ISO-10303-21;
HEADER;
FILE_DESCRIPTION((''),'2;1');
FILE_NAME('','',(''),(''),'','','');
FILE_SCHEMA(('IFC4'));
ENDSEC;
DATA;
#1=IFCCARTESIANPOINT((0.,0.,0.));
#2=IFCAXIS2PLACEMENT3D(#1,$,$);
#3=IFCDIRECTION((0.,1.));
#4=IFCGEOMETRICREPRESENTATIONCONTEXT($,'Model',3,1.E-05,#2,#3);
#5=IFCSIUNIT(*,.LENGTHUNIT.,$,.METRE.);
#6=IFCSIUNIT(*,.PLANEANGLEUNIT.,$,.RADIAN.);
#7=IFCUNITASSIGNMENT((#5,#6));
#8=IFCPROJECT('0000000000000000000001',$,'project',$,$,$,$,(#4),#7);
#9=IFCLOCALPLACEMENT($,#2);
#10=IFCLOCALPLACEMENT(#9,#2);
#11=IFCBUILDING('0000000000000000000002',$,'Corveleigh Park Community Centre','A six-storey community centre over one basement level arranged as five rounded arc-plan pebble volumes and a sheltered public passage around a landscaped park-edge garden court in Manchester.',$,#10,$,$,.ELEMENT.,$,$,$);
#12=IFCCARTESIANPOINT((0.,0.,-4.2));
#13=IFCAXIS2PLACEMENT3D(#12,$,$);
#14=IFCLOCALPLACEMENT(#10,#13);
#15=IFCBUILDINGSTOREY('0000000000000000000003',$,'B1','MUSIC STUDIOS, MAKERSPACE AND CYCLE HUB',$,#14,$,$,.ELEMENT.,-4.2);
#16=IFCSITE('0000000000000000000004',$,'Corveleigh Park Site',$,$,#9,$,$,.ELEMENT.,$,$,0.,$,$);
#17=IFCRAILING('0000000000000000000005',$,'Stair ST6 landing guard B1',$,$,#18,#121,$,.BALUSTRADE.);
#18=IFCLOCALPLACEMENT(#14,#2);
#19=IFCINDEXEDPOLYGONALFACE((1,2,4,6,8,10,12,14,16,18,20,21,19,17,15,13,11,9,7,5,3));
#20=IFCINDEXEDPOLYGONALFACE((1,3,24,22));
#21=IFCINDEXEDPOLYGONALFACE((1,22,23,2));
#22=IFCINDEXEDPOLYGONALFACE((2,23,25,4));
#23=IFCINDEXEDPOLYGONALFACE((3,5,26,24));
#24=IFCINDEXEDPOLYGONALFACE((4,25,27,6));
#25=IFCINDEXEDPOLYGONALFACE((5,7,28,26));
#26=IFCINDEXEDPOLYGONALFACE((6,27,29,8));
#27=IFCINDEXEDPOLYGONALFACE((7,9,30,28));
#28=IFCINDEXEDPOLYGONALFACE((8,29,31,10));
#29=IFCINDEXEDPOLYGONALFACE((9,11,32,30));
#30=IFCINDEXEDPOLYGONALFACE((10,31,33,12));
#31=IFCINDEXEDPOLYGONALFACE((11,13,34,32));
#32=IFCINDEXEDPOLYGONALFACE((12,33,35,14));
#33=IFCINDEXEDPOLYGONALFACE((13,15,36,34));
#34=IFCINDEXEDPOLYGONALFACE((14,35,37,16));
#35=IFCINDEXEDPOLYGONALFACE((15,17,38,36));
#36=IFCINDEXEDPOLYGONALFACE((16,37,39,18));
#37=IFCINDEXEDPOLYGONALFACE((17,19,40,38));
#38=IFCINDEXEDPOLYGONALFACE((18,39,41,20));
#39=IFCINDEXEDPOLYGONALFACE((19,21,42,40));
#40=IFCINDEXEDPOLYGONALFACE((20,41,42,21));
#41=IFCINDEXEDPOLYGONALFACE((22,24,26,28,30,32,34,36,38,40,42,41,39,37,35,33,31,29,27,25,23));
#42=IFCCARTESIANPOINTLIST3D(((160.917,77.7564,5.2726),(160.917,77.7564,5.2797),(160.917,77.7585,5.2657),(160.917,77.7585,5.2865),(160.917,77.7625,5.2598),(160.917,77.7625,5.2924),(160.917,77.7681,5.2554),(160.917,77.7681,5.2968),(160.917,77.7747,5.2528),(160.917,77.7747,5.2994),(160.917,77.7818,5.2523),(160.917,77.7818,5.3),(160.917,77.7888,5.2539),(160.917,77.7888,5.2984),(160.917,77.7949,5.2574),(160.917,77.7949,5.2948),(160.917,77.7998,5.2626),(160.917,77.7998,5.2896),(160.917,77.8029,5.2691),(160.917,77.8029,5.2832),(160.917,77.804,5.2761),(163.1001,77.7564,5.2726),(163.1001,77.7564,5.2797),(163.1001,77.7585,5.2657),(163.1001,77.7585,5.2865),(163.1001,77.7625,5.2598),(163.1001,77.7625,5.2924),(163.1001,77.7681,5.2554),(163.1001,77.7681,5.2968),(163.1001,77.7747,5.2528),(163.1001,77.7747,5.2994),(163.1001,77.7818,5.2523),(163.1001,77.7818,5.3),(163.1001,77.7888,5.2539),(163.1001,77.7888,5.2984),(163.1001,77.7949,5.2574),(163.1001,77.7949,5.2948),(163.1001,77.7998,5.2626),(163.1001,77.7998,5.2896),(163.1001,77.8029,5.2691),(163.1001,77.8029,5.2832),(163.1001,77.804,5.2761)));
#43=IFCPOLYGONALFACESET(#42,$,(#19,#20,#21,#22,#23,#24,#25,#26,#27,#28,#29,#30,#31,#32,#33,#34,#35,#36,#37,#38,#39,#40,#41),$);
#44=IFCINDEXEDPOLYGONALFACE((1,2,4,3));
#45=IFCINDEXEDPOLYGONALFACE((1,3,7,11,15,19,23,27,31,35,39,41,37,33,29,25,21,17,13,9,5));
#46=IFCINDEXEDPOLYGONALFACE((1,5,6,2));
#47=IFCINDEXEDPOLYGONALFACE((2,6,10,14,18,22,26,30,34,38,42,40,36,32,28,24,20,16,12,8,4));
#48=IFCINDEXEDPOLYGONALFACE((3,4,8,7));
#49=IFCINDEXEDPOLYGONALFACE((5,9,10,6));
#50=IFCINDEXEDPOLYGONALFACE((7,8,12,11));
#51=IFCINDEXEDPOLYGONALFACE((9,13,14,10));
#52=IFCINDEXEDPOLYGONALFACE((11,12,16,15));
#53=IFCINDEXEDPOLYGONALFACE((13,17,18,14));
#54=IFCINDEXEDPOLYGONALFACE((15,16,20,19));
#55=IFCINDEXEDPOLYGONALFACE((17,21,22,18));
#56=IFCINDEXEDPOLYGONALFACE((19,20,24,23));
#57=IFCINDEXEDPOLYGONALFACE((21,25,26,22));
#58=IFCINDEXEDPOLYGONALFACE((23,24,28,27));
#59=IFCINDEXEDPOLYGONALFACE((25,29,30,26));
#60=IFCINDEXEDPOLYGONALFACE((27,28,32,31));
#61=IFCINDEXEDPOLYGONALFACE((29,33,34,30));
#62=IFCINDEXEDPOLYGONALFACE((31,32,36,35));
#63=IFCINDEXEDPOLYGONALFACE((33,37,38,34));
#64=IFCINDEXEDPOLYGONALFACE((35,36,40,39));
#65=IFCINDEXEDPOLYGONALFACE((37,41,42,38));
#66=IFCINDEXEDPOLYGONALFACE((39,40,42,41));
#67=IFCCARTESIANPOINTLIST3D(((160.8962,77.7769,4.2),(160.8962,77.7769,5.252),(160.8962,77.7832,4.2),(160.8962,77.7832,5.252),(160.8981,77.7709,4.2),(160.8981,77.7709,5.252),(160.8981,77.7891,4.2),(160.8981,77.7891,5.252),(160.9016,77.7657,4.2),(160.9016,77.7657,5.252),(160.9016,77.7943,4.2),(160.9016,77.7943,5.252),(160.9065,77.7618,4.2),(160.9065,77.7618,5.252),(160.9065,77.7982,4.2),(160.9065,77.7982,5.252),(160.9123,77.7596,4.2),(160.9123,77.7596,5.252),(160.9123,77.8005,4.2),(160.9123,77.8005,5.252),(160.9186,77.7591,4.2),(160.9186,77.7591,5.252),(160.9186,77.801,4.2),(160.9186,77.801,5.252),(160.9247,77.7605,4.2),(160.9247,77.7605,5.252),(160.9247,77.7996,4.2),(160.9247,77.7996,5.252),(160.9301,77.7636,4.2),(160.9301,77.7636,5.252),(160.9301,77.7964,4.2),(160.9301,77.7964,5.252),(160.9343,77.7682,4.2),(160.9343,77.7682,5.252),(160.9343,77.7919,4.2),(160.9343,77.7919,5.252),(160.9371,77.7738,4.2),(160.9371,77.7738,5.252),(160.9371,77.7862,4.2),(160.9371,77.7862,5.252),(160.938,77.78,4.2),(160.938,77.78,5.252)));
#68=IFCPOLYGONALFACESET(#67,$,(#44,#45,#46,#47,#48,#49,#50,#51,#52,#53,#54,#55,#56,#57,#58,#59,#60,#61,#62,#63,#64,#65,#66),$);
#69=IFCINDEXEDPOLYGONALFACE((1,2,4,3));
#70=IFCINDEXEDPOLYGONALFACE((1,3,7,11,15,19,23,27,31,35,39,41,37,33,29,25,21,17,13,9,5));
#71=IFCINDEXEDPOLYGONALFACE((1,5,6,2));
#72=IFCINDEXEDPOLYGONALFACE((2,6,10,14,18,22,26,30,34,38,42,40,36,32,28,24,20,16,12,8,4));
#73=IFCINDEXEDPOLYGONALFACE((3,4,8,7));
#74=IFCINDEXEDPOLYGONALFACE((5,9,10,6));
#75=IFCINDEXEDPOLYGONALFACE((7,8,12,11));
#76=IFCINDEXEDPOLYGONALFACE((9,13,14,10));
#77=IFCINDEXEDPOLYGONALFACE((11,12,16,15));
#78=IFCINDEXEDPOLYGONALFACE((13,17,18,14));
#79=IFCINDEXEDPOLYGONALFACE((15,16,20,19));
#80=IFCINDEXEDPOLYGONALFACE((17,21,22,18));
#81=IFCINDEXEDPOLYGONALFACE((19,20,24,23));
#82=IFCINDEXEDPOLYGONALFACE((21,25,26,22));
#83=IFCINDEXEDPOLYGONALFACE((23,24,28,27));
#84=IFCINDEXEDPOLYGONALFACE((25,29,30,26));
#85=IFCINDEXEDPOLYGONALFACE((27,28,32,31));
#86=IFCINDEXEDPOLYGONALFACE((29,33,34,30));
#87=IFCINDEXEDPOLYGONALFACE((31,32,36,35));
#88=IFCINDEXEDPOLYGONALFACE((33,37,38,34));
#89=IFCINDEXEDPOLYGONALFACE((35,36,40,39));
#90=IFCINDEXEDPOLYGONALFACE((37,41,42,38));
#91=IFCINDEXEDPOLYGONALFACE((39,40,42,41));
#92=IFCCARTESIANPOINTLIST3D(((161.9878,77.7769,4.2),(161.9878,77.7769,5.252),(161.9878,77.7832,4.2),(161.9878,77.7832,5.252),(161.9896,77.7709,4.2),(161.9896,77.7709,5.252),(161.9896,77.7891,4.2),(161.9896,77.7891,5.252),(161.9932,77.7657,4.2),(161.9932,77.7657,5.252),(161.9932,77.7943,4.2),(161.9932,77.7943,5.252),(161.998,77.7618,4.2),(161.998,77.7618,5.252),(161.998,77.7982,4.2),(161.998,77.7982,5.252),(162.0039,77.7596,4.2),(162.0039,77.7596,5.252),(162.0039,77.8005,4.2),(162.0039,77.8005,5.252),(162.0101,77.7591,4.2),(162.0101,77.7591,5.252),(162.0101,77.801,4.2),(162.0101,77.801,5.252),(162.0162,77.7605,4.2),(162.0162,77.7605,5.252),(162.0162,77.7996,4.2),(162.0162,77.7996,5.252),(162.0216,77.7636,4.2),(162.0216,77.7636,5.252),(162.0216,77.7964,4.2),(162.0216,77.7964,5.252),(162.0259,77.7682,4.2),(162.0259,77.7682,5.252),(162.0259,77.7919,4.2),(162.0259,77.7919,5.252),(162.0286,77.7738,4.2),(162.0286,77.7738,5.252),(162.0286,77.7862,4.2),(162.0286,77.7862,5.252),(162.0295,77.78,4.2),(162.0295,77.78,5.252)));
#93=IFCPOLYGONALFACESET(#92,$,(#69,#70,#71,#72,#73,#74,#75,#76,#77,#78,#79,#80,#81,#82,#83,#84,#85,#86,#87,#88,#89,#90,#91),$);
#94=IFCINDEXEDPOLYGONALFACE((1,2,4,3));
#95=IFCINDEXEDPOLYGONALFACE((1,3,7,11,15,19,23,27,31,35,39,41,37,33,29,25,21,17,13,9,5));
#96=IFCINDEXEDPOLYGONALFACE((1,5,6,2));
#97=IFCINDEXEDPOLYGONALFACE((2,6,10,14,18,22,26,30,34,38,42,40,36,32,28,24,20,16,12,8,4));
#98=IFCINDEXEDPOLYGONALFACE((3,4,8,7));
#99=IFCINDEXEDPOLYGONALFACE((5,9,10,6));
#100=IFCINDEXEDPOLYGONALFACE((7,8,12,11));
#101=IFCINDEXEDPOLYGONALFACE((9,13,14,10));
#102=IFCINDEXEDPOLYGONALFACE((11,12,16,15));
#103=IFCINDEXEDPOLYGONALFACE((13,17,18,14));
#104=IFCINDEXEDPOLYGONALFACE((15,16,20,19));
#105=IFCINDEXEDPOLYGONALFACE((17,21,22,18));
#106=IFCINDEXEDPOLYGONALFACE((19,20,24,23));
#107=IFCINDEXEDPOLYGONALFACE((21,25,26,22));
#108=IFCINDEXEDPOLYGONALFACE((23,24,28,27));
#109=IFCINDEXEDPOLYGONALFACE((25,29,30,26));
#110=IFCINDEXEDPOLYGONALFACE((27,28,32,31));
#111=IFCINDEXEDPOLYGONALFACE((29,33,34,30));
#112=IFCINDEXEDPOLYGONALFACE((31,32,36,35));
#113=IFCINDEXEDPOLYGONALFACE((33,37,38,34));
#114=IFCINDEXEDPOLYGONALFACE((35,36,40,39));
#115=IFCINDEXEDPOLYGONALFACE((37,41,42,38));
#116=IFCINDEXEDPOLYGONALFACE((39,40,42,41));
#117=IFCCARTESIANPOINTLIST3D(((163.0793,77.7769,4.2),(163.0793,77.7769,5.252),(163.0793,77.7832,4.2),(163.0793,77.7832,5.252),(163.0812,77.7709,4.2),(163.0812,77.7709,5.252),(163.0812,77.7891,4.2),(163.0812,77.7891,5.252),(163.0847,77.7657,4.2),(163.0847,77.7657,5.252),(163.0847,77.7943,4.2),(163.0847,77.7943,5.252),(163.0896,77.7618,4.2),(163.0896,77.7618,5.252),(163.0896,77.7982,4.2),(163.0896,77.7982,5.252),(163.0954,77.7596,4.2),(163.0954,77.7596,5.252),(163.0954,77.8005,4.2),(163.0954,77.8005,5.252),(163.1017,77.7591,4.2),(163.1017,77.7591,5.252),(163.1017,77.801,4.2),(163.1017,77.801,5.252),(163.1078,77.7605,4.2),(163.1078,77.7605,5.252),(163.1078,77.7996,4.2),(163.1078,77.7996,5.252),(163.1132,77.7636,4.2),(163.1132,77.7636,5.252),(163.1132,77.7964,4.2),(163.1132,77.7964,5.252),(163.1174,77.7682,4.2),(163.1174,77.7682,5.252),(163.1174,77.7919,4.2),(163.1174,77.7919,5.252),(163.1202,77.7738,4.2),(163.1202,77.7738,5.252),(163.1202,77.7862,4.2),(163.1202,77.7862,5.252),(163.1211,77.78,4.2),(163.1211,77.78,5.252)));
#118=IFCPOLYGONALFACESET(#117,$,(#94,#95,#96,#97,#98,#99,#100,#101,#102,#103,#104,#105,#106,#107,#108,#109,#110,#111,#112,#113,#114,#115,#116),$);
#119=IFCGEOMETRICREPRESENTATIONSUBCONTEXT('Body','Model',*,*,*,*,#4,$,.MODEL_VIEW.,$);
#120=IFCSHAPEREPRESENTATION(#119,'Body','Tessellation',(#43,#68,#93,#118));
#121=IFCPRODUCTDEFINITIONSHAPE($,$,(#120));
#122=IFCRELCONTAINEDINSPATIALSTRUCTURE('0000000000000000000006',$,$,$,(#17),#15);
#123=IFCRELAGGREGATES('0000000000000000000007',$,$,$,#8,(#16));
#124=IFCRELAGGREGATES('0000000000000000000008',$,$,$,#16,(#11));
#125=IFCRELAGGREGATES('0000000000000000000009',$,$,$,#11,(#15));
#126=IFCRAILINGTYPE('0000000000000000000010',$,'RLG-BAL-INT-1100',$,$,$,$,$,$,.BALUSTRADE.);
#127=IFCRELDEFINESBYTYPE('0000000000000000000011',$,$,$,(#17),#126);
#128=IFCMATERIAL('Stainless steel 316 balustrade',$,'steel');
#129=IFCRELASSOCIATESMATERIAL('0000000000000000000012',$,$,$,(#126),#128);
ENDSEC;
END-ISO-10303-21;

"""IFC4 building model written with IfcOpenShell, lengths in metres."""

from ifc_helpers import new_model, si_unit, direction, frame, origin, origin_2d, place, context, subcontext, project, spatial, circle, extrude, material, type_object, element, save


model = new_model("IFC4")

# Units and contexts
model_context = context("Model", 3, precision=1e-05, world=origin(), true_north=direction((0.0, 1.0)))
body_context = subcontext(model_context, "Body", "Model", "MODEL_VIEW")
ifc_project = project(units=[si_unit("LENGTHUNIT", "METRE"), si_unit("PLANEANGLEUNIT", "RADIAN")], contexts=[model_context])

# Site, building, storey
site_placement = place(None, origin())
site = spatial("IfcSite", under=ifc_project, at=site_placement, Name="Corveleigh Park Site", CompositionType="ELEMENT", RefElevation=0.0)
building_placement = place(site_placement, origin())
building = spatial("IfcBuilding", under=site, at=building_placement, Name="Corveleigh Park Community Centre", Description="A six-storey community centre over one basement level arranged as five rounded arc-plan pebble volumes and a sheltered public passage around a landscaped park-edge garden court in Manchester.", CompositionType="ELEMENT")
storey_placement = place(building_placement, frame((0.0, 0.0, -4.2)))
storey = spatial("IfcBuildingStorey", under=building, at=storey_placement, Name="B1", Description="MUSIC STUDIOS, MAKERSPACE AND CYCLE HUB", CompositionType="ELEMENT", Elevation=-4.2)

# Railing
ifc_material_1 = material(Name="Stainless steel 316 balustrade", Category="steel")
railing_type = type_object("IfcRailingType", Name="RLG-BAL-INT-1100", PredefinedType="BALUSTRADE", material=ifc_material_1)
railing_1_placement = place(storey_placement, frame((160.917, 77.78, 4.2)))
element("IfcRailing", 1, at=railing_1_placement, inside=storey, type_object=railing_type, Name="Stair ST6 landing guard B1", PredefinedType="BALUSTRADE", context=body_context, shape_type="SweptSolid", body=[
    extrude(circle(Radius=0.0239, at=origin_2d()), frame((0.0, 0.0, 1.0762), z_axis=(1.0, 0.0, 0.0), x_axis=(0.0, 1.0, 0.0)), (0.0, 0.0, 1.0), 2.1831),
    extrude(circle(Radius=0.021, at=origin_2d()), origin(), (0.0, 0.0, 1.0), 1.052),
    extrude(circle(Radius=0.021, at=origin_2d()), frame((1.0916, 0.0, 0.0)), (0.0, 0.0, 1.0), 1.052),
    extrude(circle(Radius=0.021, at=origin_2d()), frame((2.1831, 0.0, 0.0)), (0.0, 0.0, 1.0), 1.052),
])

save(model, "model.ifc")
